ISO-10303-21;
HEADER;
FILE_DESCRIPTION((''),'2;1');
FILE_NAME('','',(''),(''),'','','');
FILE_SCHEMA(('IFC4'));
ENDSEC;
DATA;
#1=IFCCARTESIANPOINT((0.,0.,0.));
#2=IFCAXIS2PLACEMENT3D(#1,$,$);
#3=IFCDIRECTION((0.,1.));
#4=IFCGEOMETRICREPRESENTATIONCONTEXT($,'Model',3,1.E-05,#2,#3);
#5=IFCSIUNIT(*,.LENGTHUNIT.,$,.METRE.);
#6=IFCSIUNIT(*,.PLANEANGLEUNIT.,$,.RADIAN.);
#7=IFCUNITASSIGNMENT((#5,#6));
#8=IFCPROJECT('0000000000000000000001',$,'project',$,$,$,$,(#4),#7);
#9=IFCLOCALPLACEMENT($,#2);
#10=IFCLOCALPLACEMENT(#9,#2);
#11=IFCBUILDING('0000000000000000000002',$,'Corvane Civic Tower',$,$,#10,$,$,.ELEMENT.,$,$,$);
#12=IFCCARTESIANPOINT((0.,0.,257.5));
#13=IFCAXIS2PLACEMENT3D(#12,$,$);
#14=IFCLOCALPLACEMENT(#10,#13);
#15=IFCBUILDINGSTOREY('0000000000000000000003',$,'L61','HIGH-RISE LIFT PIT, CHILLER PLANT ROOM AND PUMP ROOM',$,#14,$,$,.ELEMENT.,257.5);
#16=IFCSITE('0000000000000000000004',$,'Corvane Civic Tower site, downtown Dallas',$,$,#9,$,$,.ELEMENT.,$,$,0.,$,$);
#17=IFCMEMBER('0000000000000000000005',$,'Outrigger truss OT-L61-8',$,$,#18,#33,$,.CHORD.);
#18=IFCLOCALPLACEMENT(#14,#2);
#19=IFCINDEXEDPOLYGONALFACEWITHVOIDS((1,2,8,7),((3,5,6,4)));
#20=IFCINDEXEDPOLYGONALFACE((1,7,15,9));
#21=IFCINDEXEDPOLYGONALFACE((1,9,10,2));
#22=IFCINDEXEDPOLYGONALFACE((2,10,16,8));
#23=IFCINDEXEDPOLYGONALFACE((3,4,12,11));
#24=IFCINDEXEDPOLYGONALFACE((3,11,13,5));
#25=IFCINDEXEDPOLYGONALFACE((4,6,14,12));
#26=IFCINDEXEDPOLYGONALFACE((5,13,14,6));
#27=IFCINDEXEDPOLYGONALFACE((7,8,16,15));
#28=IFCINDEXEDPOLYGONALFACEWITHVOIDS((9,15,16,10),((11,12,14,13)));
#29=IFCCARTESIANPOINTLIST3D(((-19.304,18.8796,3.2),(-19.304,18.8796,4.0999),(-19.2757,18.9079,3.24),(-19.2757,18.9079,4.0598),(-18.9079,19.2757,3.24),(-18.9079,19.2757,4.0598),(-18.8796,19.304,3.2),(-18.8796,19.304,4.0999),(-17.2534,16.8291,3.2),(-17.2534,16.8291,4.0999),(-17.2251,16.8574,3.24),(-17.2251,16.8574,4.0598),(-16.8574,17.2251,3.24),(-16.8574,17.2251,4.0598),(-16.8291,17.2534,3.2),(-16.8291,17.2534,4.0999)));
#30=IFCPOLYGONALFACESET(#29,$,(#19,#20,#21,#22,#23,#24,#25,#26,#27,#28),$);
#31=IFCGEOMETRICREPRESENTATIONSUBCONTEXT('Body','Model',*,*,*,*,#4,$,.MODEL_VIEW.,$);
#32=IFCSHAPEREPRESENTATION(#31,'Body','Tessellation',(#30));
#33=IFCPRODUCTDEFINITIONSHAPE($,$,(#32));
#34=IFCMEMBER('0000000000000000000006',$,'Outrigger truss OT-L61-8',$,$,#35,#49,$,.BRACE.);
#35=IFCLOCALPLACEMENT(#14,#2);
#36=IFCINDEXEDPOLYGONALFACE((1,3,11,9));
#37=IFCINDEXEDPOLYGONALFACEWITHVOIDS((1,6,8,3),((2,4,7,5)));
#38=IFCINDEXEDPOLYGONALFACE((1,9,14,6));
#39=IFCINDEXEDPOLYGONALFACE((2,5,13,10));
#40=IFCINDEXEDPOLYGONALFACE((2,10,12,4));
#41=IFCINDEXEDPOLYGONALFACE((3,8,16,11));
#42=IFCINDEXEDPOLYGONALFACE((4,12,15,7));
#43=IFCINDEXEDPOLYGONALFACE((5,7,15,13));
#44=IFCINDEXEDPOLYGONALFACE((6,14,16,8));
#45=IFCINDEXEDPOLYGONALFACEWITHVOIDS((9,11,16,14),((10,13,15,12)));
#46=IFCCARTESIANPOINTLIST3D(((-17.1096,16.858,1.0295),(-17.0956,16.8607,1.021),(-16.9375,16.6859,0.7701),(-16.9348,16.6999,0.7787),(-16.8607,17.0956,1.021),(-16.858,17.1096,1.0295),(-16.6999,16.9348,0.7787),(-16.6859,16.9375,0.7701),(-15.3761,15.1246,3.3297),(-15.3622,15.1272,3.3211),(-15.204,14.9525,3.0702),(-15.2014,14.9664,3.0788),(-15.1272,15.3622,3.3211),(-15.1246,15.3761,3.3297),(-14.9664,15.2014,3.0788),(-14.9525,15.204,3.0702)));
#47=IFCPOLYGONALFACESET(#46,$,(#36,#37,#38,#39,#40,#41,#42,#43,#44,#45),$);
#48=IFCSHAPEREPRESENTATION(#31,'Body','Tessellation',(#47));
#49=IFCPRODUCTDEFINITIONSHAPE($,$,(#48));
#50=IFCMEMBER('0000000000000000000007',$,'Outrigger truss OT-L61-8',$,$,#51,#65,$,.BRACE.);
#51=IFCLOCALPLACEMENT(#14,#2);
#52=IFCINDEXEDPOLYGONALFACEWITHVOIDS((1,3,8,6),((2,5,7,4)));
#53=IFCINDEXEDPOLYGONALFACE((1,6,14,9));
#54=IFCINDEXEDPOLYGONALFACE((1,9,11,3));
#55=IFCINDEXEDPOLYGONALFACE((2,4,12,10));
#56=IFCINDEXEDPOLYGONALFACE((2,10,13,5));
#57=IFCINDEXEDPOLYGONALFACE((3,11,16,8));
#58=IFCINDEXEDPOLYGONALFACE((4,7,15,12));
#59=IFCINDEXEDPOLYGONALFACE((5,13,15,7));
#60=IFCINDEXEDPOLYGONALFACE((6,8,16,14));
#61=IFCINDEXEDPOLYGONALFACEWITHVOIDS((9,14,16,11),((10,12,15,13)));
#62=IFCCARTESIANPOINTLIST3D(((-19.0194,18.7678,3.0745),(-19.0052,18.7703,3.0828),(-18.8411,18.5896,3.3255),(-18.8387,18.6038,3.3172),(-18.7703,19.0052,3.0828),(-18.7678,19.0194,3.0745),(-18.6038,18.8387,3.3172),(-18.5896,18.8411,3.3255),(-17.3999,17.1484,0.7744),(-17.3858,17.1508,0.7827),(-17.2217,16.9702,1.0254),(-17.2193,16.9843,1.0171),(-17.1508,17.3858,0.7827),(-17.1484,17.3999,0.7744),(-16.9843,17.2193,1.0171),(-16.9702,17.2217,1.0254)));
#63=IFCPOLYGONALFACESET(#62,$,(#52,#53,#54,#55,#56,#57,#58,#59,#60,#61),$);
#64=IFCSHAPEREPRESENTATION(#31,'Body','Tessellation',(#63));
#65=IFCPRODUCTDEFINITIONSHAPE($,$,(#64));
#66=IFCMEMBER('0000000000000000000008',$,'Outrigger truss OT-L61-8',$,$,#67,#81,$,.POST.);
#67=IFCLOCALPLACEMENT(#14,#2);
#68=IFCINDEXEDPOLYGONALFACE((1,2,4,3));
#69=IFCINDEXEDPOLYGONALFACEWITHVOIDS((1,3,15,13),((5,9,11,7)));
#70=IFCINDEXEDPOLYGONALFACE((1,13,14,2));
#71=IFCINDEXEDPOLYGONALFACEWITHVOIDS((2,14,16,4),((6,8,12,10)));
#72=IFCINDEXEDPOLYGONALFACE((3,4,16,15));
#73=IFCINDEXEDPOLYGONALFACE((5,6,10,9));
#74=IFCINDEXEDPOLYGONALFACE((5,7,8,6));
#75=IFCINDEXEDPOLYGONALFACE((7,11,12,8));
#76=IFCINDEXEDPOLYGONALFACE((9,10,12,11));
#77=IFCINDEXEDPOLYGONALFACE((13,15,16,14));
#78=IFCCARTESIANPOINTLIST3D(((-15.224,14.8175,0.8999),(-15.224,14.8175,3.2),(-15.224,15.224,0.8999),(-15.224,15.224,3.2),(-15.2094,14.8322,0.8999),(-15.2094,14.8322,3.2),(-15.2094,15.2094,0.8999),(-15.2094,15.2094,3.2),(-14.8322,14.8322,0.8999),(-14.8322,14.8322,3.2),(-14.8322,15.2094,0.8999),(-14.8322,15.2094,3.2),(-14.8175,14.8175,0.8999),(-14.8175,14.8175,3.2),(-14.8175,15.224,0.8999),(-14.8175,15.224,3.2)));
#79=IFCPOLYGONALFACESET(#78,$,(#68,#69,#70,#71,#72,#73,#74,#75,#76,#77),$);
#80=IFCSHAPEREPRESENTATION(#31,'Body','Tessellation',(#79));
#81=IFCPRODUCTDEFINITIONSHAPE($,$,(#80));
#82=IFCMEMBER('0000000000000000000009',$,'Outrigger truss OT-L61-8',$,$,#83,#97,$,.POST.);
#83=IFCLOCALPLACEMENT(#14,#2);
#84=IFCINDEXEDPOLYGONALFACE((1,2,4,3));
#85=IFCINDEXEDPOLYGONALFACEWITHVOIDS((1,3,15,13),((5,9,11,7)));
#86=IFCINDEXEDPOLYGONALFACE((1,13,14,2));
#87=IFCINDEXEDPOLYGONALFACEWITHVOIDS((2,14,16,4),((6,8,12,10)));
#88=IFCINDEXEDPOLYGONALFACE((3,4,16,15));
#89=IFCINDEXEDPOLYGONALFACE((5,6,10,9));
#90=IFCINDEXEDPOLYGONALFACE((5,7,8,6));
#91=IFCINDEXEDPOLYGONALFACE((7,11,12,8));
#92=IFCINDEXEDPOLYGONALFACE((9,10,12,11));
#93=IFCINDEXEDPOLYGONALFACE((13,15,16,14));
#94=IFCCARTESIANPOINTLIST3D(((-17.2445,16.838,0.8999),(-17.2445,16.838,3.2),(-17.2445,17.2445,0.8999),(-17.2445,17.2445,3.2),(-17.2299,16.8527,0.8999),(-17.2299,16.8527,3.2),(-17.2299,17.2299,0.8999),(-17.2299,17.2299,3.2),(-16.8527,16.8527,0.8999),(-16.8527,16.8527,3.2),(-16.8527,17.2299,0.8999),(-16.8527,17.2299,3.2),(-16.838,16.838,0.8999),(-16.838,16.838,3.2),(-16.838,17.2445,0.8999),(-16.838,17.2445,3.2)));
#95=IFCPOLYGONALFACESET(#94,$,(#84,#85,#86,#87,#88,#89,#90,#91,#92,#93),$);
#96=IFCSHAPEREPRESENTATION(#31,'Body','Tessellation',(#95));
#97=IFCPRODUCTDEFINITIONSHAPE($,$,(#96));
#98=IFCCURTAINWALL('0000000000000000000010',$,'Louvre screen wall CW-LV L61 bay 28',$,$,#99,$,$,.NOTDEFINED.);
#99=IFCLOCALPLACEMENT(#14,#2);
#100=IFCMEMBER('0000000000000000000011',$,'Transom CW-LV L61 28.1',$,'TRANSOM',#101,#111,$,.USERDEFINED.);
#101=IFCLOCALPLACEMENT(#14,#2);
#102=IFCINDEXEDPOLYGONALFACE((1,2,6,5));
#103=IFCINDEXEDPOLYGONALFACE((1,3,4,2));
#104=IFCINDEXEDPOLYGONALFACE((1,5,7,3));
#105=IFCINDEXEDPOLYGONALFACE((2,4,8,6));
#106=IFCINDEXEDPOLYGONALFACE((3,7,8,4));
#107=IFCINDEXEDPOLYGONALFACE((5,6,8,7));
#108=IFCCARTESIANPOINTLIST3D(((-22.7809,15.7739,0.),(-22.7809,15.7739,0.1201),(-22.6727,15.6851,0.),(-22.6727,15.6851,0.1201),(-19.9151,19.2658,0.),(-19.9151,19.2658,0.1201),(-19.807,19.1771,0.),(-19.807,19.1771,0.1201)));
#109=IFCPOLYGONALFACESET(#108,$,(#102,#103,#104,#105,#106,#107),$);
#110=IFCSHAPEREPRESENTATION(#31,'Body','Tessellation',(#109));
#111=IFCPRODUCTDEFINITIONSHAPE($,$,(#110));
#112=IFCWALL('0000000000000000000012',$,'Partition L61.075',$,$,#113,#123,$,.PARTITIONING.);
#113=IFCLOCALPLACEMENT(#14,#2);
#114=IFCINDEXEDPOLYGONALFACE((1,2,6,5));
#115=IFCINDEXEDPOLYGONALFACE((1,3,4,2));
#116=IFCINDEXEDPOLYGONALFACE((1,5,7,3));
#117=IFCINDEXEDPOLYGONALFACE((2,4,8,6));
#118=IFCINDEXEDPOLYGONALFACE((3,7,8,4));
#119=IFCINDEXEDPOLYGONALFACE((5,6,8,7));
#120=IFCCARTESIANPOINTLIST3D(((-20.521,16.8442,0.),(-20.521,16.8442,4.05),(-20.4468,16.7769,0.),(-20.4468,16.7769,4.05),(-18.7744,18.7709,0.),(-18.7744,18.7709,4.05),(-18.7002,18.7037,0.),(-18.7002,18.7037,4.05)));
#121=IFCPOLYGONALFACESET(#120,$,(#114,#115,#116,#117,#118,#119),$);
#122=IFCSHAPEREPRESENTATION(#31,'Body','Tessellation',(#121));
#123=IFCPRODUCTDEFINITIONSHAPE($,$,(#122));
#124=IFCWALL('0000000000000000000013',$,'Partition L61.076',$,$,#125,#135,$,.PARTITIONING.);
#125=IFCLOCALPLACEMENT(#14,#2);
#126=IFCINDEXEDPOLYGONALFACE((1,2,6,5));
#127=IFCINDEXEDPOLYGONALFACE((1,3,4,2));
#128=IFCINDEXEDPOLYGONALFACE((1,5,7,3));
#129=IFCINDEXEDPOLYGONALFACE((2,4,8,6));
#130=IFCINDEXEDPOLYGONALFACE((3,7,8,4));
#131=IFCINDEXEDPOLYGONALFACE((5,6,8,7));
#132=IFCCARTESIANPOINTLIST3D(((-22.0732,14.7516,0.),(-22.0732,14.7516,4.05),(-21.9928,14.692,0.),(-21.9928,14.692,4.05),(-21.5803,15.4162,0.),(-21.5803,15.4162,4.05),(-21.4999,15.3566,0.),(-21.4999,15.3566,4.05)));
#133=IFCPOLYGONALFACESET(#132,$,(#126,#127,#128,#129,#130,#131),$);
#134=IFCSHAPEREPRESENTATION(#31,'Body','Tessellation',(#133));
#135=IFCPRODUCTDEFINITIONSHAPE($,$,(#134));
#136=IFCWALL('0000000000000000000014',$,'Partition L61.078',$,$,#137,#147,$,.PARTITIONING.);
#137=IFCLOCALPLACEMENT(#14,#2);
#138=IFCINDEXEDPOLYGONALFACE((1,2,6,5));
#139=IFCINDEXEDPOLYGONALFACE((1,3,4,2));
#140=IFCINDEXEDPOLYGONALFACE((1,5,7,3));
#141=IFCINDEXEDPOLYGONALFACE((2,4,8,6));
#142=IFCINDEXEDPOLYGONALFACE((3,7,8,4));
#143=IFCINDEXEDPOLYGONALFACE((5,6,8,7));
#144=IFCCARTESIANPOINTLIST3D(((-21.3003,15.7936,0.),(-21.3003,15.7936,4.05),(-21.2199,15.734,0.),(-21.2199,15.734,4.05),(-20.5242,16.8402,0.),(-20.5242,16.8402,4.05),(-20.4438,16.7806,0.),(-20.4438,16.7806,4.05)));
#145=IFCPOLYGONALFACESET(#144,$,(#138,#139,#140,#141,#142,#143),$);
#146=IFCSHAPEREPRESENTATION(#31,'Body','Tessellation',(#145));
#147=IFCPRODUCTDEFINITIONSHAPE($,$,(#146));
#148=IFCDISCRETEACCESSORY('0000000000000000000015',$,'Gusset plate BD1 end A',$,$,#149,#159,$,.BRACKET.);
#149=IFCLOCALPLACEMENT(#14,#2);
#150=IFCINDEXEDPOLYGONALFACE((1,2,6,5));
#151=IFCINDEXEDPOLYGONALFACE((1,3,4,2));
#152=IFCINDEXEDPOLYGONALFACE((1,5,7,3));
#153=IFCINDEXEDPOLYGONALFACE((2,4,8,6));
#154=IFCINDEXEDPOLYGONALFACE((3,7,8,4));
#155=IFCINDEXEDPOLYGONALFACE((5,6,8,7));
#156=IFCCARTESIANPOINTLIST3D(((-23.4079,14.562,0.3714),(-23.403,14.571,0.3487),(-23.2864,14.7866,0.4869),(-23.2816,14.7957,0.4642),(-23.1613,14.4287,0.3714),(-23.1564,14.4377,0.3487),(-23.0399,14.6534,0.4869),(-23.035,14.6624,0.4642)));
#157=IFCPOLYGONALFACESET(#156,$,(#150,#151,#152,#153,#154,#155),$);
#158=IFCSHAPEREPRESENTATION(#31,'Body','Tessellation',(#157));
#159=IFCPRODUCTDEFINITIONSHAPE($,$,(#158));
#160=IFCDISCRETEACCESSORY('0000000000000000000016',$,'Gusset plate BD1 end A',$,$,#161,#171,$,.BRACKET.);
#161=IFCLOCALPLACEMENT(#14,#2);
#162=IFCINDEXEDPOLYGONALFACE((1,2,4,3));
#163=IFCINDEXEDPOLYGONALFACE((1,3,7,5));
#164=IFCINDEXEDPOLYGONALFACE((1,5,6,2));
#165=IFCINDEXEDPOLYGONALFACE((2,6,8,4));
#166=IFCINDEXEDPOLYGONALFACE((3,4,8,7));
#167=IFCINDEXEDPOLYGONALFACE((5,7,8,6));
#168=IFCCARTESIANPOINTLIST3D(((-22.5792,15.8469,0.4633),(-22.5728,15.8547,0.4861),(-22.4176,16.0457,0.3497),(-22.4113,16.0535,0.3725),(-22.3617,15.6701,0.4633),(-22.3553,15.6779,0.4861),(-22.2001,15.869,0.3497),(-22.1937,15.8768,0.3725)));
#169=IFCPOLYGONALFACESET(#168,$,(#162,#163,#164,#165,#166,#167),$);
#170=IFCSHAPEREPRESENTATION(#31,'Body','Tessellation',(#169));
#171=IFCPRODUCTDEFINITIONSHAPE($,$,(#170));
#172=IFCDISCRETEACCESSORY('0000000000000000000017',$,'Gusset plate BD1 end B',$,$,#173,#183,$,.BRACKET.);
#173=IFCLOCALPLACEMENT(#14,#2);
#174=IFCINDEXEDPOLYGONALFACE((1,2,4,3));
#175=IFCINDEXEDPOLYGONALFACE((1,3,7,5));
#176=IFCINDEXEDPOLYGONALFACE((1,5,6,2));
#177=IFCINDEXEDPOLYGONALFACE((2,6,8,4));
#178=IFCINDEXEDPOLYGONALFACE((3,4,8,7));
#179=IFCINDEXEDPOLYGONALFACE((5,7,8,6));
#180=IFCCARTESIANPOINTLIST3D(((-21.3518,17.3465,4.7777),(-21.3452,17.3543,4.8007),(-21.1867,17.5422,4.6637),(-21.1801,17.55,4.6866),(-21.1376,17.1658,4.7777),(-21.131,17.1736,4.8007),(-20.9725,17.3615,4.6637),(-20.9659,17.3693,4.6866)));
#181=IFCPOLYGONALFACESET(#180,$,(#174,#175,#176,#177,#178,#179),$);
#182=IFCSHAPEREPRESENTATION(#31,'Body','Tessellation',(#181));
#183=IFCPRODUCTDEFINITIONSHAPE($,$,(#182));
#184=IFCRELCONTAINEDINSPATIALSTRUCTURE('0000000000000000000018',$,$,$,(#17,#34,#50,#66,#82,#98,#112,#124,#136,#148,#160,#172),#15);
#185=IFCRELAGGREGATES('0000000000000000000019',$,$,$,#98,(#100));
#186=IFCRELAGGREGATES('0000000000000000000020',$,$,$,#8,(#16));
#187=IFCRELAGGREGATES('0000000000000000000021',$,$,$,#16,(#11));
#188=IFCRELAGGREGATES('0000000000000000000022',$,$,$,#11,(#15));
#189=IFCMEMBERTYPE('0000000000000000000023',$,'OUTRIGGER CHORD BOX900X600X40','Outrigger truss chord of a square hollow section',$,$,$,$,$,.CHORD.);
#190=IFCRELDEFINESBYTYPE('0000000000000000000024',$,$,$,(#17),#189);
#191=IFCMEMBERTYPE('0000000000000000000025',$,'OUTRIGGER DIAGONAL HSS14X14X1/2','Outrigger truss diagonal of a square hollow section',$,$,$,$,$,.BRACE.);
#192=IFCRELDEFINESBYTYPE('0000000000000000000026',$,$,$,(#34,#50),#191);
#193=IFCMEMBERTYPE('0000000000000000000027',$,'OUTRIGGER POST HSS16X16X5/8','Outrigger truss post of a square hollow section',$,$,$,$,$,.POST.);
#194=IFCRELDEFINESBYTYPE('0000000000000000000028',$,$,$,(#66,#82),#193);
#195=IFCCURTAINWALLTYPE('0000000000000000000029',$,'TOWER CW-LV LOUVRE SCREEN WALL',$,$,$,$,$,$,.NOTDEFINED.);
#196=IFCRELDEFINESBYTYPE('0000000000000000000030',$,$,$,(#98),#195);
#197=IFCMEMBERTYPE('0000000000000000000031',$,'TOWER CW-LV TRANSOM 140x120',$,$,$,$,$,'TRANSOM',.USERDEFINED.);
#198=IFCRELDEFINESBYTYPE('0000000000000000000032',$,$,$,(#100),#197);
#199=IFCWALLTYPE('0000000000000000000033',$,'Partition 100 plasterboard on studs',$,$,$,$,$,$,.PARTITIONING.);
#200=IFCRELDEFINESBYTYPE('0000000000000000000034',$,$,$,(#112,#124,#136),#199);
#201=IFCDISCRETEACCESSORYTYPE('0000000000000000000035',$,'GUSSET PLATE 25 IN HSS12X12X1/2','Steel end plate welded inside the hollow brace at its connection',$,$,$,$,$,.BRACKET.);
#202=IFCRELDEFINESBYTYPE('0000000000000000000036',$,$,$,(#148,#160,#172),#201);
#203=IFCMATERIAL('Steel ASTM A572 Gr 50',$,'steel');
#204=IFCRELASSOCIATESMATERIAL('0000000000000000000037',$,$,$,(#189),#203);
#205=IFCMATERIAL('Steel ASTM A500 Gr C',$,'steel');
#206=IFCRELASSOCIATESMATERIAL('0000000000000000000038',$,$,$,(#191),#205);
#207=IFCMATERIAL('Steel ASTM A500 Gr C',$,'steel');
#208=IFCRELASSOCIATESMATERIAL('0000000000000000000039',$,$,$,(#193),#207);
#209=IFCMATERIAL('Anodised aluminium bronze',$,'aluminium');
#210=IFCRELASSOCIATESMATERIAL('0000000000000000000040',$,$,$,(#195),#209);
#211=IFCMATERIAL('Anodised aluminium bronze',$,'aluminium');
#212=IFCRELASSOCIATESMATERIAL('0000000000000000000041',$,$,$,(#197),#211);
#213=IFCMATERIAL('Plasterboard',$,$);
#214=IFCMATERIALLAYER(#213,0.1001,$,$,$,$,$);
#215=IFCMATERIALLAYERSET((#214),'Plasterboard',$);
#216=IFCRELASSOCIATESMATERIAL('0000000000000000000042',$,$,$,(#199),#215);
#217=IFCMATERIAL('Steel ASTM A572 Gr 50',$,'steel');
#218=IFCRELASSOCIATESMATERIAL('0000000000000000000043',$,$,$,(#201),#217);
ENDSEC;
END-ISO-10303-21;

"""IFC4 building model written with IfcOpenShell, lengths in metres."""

from ifc_helpers import new_model, si_unit, direction, frame, frame_2d, origin, origin_2d, place, context, subcontext, project, spatial, rectangle, hollow_rectangle, extrude, material, layer, layer_set, material_profile, profile_set, type_object, element, aggregate, save


model = new_model("IFC4")

# Units and contexts
model_context = context("Model", 3, precision=1e-05, world=origin(), true_north=direction((0.0, 1.0)))
body_context = subcontext(model_context, "Body", "Model", "MODEL_VIEW")
ifc_project = project(units=[si_unit("LENGTHUNIT", "METRE"), si_unit("PLANEANGLEUNIT", "RADIAN")], contexts=[model_context])

# Site, building, storey
site_placement = place(None, origin())
site = spatial("IfcSite", under=ifc_project, at=site_placement, Name="Corvane Civic Tower site, downtown Dallas", CompositionType="ELEMENT", RefElevation=0.0)
building_placement = place(site_placement, origin())
building = spatial("IfcBuilding", under=site, at=building_placement, Name="Corvane Civic Tower", CompositionType="ELEMENT")
storey_placement = place(building_placement, frame((0.0, 0.0, 257.5)))
storey = spatial("IfcBuildingStorey", under=building, at=storey_placement, Name="L61", Description="HIGH-RISE LIFT PIT, CHILLER PLANT ROOM AND PUMP ROOM", CompositionType="ELEMENT", Elevation=257.5)

# Members
ifc_material_1 = material(Name="Steel ASTM A572 Gr 50", Category="steel")
ifc_material_profile_1 = material_profile(ifc_material_1, hollow_rectangle(XDim=0.6001, YDim=0.8999, WallThickness=0.04, at=origin_2d()), Name="BOX900X600X40")
ifc_profile_set_1 = profile_set([ifc_material_profile_1], Name="Steel ASTM A572 Gr 50")
member_type_1 = type_object("IfcMemberType", Name="OUTRIGGER CHORD BOX900X600X40", Description="Outrigger truss chord of a square hollow section", PredefinedType="CHORD", material=ifc_profile_set_1)
member_1_placement = place(storey_placement, frame((-17.0413, 17.0413, 3.6499), z_axis=(-0.707107, 0.707107, 0.0), x_axis=(-0.707107, -0.707107, 0.0)))
element("IfcMember", 1, at=member_1_placement, inside=storey, type_object=member_type_1, Name="Outrigger truss OT-L61-8", PredefinedType="CHORD", context=body_context, shape_type="SweptSolid", body=[
    extrude(hollow_rectangle(XDim=0.6001, YDim=0.8999, WallThickness=0.04, at=origin_2d()), origin(), (0.0, 0.0, 1.0), 2.8999),
])
ifc_material_2 = material(Name="Steel ASTM A500 Gr C", Category="steel")
ifc_material_profile_2 = material_profile(ifc_material_2, hollow_rectangle(XDim=0.3557, YDim=0.3557, WallThickness=0.0117, at=origin_2d()), Name="HSS14X14X1/2")
ifc_profile_set_2 = profile_set([ifc_material_profile_2], Name="Steel ASTM A500 Gr C")
member_type_2 = type_object("IfcMemberType", Name="OUTRIGGER DIAGONAL HSS14X14X1/2", Description="Outrigger truss diagonal of a square hollow section", PredefinedType="BRACE", material=ifc_profile_set_2)
member_2_placement = place(storey_placement, frame((-15.1643, 15.1643, 3.2), z_axis=(-0.515665, 0.515665, -0.684236), x_axis=(-0.707107, -0.707107, 0.0)))
element("IfcMember", 2, at=member_2_placement, inside=storey, type_object=member_type_2, Name="Outrigger truss OT-L61-8", PredefinedType="BRACE", context=body_context, shape_type="SweptSolid", body=[
    extrude(hollow_rectangle(XDim=0.3557, YDim=0.3557, WallThickness=0.0117, at=origin_2d()), origin(), (0.0, 0.0, 1.0), 3.3616),
])
member_3_placement = place(storey_placement, frame((-17.1851, 17.1851, 0.8999), z_axis=(-0.498921, 0.498921, 0.708629), x_axis=(-0.707107, -0.707107, 0.0)))
element("IfcMember", 3, at=member_3_placement, inside=storey, type_object=member_type_2, Name="Outrigger truss OT-L61-8", PredefinedType="BRACE", context=body_context, shape_type="SweptSolid", body=[
    extrude(hollow_rectangle(XDim=0.3557, YDim=0.3557, WallThickness=0.0117, at=origin_2d()), origin(), (0.0, 0.0, 1.0), 3.2458),
])
ifc_material_3 = material(Name="Steel ASTM A500 Gr C", Category="steel")
ifc_material_profile_3 = material_profile(ifc_material_3, hollow_rectangle(XDim=0.4065, YDim=0.4065, WallThickness=0.0146, at=origin_2d()), Name="HSS16X16X5/8")
ifc_profile_set_3 = profile_set([ifc_material_profile_3], Name="Steel ASTM A500 Gr C")
member_type_3 = type_object("IfcMemberType", Name="OUTRIGGER POST HSS16X16X5/8", Description="Outrigger truss post of a square hollow section", PredefinedType="POST", material=ifc_profile_set_3)
for number, where, z_axis, x_axis, name in (
    (4, (-15.0208, 15.0208, 0.8999), (0.0, 0.0, 1.0), (1.0, 0.0, 0.0), "Outrigger truss OT-L61-8"),
    (5, (-17.0413, 17.0413, 0.8999), (0.0, 0.0, 1.0), (1.0, 0.0, 0.0), "Outrigger truss OT-L61-8"),
):
    element("IfcMember", number, at=place(storey_placement, frame(where, z_axis=z_axis, x_axis=x_axis)), inside=storey, type_object=member_type_3, Name=name, PredefinedType="POST", context=body_context, shape_type="SweptSolid", body=[
        extrude(hollow_rectangle(XDim=0.4065, YDim=0.4065, WallThickness=0.0146, at=origin_2d()), origin(), (0.0, 0.0, 1.0), 2.3),
    ])

# Curtain wall, member
ifc_material_4 = material(Name="Anodised aluminium bronze", Category="aluminium")
curtain_wall_type = type_object("IfcCurtainWallType", Name="TOWER CW-LV LOUVRE SCREEN WALL", PredefinedType="NOTDEFINED", material=ifc_material_4)
curtain_wall_placement = place(storey_placement, origin())
curtain_wall = element("IfcCurtainWall", 6, at=curtain_wall_placement, inside=storey, type_object=curtain_wall_type, Name="Louvre screen wall CW-LV L61 bay 28", PredefinedType="NOTDEFINED")
ifc_material_5 = material(Name="Anodised aluminium bronze", Category="aluminium")
ifc_material_profile_4 = material_profile(ifc_material_5, rectangle(XDim=0.1399, YDim=0.1201, at=origin_2d()), Name="TOWER CW-LV TRANSOM 140x120")
ifc_profile_set_4 = profile_set([ifc_material_profile_4], Name="Anodised aluminium bronze")
member_type_4 = type_object("IfcMemberType", Name="TOWER CW-LV TRANSOM 140x120", ElementType="TRANSOM", PredefinedType="USERDEFINED", material=ifc_profile_set_4)
member_4_placement = place(storey_placement, frame((-22.7268, 15.7295, 0.0601), z_axis=(0.634388, 0.773015, 0.0), x_axis=(-0.773015, 0.634388, 0.0)))
member_4 = element("IfcMember", 7, at=member_4_placement, type_object=member_type_4, Name="Transom CW-LV L61 28.1", ObjectType="TRANSOM", PredefinedType="USERDEFINED", context=body_context, shape_type="SweptSolid", body=[
    extrude(rectangle(XDim=0.1399, YDim=0.1201, at=origin_2d()), origin(), (0.0, 0.0, 1.0), 4.5173),
])

# Walls
ifc_material_6 = material(Name="Plasterboard")
ifc_layer = layer(ifc_material_6, 0.1001)
ifc_layer_set = layer_set([ifc_layer], Name="Plasterboard")
wall_type = type_object("IfcWallType", Name="Partition 100 plasterboard on studs", PredefinedType="PARTITIONING", material=ifc_layer_set)
wall_1_placement = place(storey_placement, frame((-20.4839, 16.8105, 0.0), z_axis=(0.0, 0.0, 1.0), x_axis=(0.671616, 0.740899, 0.0)))
element("IfcWall", 8, at=wall_1_placement, inside=storey, type_object=wall_type, Name="Partition L61.075", PredefinedType="PARTITIONING", context=body_context, shape_type="SweptSolid", body=[
    extrude(rectangle(XDim=2.6006, YDim=0.1001, at=frame_2d((1.3003, 0.0))), origin(), (0.0, 0.0, 1.0), 4.05),
])
wall_2_placement = place(storey_placement, frame((-22.033, 14.7219, 0.0), z_axis=(0.0, 0.0, 1.0), x_axis=(0.595743, 0.803175, 0.0)))
element("IfcWall", 9, at=wall_2_placement, inside=storey, type_object=wall_type, Name="Partition L61.076", PredefinedType="PARTITIONING", context=body_context, shape_type="SweptSolid", body=[
    extrude(rectangle(XDim=0.8274, YDim=0.1001, at=frame_2d((0.4136, 0.0))), origin(), (0.0, 0.0, 1.0), 4.05),
])
wall_3_placement = place(storey_placement, frame((-21.26, 15.7639, 0.0), z_axis=(0.0, 0.0, 1.0), x_axis=(0.595644, 0.803248, 0.0)))
element("IfcWall", 10, at=wall_3_placement, inside=storey, type_object=wall_type, Name="Partition L61.078", PredefinedType="PARTITIONING", context=body_context, shape_type="SweptSolid", body=[
    extrude(rectangle(XDim=1.303, YDim=0.1001, at=frame_2d((0.6514, 0.0))), origin(), (0.0, 0.0, 1.0), 4.05),
])

aggregate(curtain_wall, [member_4])

# Discrete accessories
ifc_material_7 = material(Name="Steel ASTM A572 Gr 50", Category="steel")
ifc_material_profile_5 = material_profile(ifc_material_7, rectangle(XDim=0.2803, YDim=0.2803, at=origin_2d()), Name="GUSSET PLATE 25 IN HSS12X12X1/2")
ifc_profile_set_5 = profile_set([ifc_material_profile_5], Name="Steel ASTM A572 Gr 50")
discrete_accessory_type_1 = type_object("IfcDiscreteAccessoryType", Name="GUSSET PLATE 25 IN HSS12X12X1/2", Description="Steel end plate welded inside the hollow brace at its connection", PredefinedType="BRACKET", material=ifc_profile_set_5)
for number, where, z_axis, x_axis, name in (
    (11, (-23.219, 14.6167, 0.4065), (-0.195947, -0.362501, 0.911152), (0.879707, -0.475517, 0.0), "Gusset plate BD1 end A"),
    (12, (-22.3896, 15.8579, 0.4065), (0.255578, 0.314558, 0.914184), (-0.776114, 0.630593, 0.0), "Gusset plate BD1 end A"),
):
    element("IfcDiscreteAccessory", number, at=place(storey_placement, frame(where, z_axis=z_axis, x_axis=x_axis)), inside=storey, type_object=discrete_accessory_type_1, Name=name, PredefinedType="BRACKET", context=body_context, shape_type="SweptSolid", body=[
        extrude(rectangle(XDim=0.2803, YDim=0.2803, at=origin_2d()), origin(), (0.0, 0.0, 1.0), 0.0249),
    ])
discrete_accessory_1_placement = place(storey_placement, frame((-21.1555, 17.3618, 4.7437), z_axis=(-0.262383, -0.310973, -0.913483), x_axis=(0.764291, -0.644871, 0.0)))
element("IfcDiscreteAccessory", 13, at=discrete_accessory_1_placement, inside=storey, type_object=discrete_accessory_type_1, Name="Gusset plate BD1 end B", PredefinedType="BRACKET", context=body_context, shape_type="SweptSolid", body=[
    extrude(rectangle(XDim=0.2803, YDim=0.2803, at=origin_2d()), origin(), (0.0, 0.0, 1.0), 0.0251),
])

save(model, "model.ifc")
